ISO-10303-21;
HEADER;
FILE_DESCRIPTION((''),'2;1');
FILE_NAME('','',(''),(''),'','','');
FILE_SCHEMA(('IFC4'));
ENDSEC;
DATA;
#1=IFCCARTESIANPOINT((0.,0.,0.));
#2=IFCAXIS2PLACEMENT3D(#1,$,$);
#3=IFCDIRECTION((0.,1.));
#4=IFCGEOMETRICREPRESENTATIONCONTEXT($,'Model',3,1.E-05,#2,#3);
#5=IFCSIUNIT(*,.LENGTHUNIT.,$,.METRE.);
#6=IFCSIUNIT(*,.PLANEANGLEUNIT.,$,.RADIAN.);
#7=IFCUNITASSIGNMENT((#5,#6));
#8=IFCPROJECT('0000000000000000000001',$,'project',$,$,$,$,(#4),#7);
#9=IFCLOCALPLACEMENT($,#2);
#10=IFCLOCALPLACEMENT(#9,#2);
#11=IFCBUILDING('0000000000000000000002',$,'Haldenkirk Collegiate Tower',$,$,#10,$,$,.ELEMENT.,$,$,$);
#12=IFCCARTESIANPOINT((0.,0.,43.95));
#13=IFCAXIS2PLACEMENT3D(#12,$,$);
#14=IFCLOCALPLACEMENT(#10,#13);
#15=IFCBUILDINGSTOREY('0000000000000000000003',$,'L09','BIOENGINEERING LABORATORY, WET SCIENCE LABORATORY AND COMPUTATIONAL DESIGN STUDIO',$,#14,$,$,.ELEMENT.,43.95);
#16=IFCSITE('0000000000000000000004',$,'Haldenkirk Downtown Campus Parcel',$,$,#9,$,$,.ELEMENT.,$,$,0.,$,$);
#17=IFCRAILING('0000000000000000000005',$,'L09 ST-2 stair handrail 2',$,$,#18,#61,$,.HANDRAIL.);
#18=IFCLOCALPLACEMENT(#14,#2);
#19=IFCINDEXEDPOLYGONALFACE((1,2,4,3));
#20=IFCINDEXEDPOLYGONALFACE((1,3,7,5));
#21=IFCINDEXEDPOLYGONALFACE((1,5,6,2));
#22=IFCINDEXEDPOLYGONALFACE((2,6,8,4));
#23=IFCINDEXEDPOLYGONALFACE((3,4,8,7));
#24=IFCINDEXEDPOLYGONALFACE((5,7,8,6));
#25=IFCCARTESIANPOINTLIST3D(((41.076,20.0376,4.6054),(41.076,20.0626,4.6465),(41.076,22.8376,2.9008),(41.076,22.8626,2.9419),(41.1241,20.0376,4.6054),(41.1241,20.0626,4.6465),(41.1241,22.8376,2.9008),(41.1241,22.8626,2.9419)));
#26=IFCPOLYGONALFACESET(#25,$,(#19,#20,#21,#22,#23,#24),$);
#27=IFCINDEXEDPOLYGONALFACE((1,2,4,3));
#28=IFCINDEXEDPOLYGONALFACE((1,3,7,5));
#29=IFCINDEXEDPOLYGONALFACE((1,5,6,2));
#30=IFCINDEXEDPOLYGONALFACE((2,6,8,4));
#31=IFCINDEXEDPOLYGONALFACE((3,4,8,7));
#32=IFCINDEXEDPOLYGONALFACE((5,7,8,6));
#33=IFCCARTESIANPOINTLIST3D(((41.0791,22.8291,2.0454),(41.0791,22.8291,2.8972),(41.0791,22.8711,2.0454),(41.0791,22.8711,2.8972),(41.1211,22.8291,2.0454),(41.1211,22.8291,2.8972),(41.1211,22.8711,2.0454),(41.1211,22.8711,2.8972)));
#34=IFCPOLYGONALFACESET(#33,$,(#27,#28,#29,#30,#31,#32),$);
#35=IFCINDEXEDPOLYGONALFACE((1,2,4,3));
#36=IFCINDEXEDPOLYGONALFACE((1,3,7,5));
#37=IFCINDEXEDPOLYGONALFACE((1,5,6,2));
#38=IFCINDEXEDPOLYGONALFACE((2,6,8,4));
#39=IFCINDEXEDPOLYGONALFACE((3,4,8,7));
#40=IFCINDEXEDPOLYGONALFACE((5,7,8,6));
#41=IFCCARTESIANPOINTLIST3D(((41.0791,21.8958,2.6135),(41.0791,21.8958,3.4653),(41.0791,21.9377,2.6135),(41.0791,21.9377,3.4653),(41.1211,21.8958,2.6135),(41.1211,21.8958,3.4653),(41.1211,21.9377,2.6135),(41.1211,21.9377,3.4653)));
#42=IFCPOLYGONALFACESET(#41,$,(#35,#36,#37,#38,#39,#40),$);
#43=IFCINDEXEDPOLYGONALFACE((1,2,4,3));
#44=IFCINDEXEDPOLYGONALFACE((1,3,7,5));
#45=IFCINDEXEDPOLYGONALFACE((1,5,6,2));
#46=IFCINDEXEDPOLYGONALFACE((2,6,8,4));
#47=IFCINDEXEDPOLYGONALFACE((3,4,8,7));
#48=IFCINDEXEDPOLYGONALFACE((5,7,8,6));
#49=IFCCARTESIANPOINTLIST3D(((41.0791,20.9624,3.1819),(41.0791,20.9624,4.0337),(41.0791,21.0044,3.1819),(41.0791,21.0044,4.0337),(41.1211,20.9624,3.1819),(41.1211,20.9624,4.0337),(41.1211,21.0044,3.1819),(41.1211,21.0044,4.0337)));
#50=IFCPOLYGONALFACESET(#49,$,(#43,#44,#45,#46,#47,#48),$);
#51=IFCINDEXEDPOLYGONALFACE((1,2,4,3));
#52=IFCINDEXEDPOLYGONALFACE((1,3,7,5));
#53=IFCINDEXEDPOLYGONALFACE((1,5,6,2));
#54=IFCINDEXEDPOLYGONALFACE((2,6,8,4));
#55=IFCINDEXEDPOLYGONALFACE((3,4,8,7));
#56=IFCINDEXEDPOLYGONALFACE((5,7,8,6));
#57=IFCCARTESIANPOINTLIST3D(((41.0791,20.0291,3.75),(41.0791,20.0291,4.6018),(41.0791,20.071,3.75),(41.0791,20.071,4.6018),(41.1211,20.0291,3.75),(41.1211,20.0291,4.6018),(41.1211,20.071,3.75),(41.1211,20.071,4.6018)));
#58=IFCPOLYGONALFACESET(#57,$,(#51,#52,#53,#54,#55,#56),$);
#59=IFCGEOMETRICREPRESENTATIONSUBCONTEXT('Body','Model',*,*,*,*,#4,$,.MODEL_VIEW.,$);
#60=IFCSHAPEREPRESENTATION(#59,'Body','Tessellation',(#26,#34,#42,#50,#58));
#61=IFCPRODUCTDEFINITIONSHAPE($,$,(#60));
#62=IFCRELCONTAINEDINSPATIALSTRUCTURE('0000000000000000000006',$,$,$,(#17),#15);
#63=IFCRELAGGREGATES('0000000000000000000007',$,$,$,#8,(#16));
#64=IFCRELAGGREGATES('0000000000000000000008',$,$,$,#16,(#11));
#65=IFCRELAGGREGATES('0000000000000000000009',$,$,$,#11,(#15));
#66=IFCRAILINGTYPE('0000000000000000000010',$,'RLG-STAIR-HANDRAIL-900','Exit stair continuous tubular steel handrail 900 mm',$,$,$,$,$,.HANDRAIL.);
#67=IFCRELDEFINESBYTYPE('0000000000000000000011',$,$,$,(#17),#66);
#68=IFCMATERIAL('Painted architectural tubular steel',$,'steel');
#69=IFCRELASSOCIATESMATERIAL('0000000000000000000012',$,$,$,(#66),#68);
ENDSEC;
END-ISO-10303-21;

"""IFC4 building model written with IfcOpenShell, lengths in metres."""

from ifc_helpers import new_model, si_unit, direction, frame, origin, origin_2d, place, context, subcontext, project, spatial, rectangle, extrude, material, type_object, element, save


model = new_model("IFC4")

# Units and contexts
model_context = context("Model", 3, precision=1e-05, world=origin(), true_north=direction((0.0, 1.0)))
body_context = subcontext(model_context, "Body", "Model", "MODEL_VIEW")
ifc_project = project(units=[si_unit("LENGTHUNIT", "METRE"), si_unit("PLANEANGLEUNIT", "RADIAN")], contexts=[model_context])

# Site, building, storey
site_placement = place(None, origin())
site = spatial("IfcSite", under=ifc_project, at=site_placement, Name="Haldenkirk Downtown Campus Parcel", CompositionType="ELEMENT", RefElevation=0.0)
building_placement = place(site_placement, origin())
building = spatial("IfcBuilding", under=site, at=building_placement, Name="Haldenkirk Collegiate Tower", CompositionType="ELEMENT")
storey_placement = place(building_placement, frame((0.0, 0.0, 43.95)))
storey = spatial("IfcBuildingStorey", under=building, at=storey_placement, Name="L09", Description="BIOENGINEERING LABORATORY, WET SCIENCE LABORATORY AND COMPUTATIONAL DESIGN STUDIO", CompositionType="ELEMENT", Elevation=43.95)

# Railing
ifc_material_1 = material(Name="Painted architectural tubular steel", Category="steel")
railing_type_1 = type_object("IfcRailingType", Name="RLG-STAIR-HANDRAIL-900", Description="Exit stair continuous tubular steel handrail 900 mm", PredefinedType="HANDRAIL", material=ifc_material_1)
railing_1_placement = place(storey_placement, frame((41.1001, 22.8501, 2.0454)))
element("IfcRailing", 1, at=railing_1_placement, inside=storey, type_object=railing_type_1, Name="L09 ST-2 stair handrail 2", PredefinedType="HANDRAIL", context=body_context, shape_type="SweptSolid", body=[
    extrude(rectangle(XDim=0.0481, YDim=0.0481, at=origin_2d()), frame((0.0, 0.0, 0.876), z_axis=(0.0, -0.85417, 0.519994), x_axis=(1.0, 0.0, 0.0)), (0.0, 0.0, 1.0), 3.2781),
    extrude(rectangle(XDim=0.042, YDim=0.042, at=origin_2d()), origin(), (0.0, 0.0, 1.0), 0.8518),
    extrude(rectangle(XDim=0.042, YDim=0.042, at=origin_2d()), frame((0.0, -0.9333, 0.5681)), (0.0, 0.0, 1.0), 0.8518),
    extrude(rectangle(XDim=0.042, YDim=0.042, at=origin_2d()), frame((0.0, -1.8667, 1.1365)), (0.0, 0.0, 1.0), 0.8518),
    extrude(rectangle(XDim=0.042, YDim=0.042, at=origin_2d()), frame((0.0, -2.8, 1.7046)), (0.0, 0.0, 1.0), 0.8518),
])

save(model, "model.ifc")
